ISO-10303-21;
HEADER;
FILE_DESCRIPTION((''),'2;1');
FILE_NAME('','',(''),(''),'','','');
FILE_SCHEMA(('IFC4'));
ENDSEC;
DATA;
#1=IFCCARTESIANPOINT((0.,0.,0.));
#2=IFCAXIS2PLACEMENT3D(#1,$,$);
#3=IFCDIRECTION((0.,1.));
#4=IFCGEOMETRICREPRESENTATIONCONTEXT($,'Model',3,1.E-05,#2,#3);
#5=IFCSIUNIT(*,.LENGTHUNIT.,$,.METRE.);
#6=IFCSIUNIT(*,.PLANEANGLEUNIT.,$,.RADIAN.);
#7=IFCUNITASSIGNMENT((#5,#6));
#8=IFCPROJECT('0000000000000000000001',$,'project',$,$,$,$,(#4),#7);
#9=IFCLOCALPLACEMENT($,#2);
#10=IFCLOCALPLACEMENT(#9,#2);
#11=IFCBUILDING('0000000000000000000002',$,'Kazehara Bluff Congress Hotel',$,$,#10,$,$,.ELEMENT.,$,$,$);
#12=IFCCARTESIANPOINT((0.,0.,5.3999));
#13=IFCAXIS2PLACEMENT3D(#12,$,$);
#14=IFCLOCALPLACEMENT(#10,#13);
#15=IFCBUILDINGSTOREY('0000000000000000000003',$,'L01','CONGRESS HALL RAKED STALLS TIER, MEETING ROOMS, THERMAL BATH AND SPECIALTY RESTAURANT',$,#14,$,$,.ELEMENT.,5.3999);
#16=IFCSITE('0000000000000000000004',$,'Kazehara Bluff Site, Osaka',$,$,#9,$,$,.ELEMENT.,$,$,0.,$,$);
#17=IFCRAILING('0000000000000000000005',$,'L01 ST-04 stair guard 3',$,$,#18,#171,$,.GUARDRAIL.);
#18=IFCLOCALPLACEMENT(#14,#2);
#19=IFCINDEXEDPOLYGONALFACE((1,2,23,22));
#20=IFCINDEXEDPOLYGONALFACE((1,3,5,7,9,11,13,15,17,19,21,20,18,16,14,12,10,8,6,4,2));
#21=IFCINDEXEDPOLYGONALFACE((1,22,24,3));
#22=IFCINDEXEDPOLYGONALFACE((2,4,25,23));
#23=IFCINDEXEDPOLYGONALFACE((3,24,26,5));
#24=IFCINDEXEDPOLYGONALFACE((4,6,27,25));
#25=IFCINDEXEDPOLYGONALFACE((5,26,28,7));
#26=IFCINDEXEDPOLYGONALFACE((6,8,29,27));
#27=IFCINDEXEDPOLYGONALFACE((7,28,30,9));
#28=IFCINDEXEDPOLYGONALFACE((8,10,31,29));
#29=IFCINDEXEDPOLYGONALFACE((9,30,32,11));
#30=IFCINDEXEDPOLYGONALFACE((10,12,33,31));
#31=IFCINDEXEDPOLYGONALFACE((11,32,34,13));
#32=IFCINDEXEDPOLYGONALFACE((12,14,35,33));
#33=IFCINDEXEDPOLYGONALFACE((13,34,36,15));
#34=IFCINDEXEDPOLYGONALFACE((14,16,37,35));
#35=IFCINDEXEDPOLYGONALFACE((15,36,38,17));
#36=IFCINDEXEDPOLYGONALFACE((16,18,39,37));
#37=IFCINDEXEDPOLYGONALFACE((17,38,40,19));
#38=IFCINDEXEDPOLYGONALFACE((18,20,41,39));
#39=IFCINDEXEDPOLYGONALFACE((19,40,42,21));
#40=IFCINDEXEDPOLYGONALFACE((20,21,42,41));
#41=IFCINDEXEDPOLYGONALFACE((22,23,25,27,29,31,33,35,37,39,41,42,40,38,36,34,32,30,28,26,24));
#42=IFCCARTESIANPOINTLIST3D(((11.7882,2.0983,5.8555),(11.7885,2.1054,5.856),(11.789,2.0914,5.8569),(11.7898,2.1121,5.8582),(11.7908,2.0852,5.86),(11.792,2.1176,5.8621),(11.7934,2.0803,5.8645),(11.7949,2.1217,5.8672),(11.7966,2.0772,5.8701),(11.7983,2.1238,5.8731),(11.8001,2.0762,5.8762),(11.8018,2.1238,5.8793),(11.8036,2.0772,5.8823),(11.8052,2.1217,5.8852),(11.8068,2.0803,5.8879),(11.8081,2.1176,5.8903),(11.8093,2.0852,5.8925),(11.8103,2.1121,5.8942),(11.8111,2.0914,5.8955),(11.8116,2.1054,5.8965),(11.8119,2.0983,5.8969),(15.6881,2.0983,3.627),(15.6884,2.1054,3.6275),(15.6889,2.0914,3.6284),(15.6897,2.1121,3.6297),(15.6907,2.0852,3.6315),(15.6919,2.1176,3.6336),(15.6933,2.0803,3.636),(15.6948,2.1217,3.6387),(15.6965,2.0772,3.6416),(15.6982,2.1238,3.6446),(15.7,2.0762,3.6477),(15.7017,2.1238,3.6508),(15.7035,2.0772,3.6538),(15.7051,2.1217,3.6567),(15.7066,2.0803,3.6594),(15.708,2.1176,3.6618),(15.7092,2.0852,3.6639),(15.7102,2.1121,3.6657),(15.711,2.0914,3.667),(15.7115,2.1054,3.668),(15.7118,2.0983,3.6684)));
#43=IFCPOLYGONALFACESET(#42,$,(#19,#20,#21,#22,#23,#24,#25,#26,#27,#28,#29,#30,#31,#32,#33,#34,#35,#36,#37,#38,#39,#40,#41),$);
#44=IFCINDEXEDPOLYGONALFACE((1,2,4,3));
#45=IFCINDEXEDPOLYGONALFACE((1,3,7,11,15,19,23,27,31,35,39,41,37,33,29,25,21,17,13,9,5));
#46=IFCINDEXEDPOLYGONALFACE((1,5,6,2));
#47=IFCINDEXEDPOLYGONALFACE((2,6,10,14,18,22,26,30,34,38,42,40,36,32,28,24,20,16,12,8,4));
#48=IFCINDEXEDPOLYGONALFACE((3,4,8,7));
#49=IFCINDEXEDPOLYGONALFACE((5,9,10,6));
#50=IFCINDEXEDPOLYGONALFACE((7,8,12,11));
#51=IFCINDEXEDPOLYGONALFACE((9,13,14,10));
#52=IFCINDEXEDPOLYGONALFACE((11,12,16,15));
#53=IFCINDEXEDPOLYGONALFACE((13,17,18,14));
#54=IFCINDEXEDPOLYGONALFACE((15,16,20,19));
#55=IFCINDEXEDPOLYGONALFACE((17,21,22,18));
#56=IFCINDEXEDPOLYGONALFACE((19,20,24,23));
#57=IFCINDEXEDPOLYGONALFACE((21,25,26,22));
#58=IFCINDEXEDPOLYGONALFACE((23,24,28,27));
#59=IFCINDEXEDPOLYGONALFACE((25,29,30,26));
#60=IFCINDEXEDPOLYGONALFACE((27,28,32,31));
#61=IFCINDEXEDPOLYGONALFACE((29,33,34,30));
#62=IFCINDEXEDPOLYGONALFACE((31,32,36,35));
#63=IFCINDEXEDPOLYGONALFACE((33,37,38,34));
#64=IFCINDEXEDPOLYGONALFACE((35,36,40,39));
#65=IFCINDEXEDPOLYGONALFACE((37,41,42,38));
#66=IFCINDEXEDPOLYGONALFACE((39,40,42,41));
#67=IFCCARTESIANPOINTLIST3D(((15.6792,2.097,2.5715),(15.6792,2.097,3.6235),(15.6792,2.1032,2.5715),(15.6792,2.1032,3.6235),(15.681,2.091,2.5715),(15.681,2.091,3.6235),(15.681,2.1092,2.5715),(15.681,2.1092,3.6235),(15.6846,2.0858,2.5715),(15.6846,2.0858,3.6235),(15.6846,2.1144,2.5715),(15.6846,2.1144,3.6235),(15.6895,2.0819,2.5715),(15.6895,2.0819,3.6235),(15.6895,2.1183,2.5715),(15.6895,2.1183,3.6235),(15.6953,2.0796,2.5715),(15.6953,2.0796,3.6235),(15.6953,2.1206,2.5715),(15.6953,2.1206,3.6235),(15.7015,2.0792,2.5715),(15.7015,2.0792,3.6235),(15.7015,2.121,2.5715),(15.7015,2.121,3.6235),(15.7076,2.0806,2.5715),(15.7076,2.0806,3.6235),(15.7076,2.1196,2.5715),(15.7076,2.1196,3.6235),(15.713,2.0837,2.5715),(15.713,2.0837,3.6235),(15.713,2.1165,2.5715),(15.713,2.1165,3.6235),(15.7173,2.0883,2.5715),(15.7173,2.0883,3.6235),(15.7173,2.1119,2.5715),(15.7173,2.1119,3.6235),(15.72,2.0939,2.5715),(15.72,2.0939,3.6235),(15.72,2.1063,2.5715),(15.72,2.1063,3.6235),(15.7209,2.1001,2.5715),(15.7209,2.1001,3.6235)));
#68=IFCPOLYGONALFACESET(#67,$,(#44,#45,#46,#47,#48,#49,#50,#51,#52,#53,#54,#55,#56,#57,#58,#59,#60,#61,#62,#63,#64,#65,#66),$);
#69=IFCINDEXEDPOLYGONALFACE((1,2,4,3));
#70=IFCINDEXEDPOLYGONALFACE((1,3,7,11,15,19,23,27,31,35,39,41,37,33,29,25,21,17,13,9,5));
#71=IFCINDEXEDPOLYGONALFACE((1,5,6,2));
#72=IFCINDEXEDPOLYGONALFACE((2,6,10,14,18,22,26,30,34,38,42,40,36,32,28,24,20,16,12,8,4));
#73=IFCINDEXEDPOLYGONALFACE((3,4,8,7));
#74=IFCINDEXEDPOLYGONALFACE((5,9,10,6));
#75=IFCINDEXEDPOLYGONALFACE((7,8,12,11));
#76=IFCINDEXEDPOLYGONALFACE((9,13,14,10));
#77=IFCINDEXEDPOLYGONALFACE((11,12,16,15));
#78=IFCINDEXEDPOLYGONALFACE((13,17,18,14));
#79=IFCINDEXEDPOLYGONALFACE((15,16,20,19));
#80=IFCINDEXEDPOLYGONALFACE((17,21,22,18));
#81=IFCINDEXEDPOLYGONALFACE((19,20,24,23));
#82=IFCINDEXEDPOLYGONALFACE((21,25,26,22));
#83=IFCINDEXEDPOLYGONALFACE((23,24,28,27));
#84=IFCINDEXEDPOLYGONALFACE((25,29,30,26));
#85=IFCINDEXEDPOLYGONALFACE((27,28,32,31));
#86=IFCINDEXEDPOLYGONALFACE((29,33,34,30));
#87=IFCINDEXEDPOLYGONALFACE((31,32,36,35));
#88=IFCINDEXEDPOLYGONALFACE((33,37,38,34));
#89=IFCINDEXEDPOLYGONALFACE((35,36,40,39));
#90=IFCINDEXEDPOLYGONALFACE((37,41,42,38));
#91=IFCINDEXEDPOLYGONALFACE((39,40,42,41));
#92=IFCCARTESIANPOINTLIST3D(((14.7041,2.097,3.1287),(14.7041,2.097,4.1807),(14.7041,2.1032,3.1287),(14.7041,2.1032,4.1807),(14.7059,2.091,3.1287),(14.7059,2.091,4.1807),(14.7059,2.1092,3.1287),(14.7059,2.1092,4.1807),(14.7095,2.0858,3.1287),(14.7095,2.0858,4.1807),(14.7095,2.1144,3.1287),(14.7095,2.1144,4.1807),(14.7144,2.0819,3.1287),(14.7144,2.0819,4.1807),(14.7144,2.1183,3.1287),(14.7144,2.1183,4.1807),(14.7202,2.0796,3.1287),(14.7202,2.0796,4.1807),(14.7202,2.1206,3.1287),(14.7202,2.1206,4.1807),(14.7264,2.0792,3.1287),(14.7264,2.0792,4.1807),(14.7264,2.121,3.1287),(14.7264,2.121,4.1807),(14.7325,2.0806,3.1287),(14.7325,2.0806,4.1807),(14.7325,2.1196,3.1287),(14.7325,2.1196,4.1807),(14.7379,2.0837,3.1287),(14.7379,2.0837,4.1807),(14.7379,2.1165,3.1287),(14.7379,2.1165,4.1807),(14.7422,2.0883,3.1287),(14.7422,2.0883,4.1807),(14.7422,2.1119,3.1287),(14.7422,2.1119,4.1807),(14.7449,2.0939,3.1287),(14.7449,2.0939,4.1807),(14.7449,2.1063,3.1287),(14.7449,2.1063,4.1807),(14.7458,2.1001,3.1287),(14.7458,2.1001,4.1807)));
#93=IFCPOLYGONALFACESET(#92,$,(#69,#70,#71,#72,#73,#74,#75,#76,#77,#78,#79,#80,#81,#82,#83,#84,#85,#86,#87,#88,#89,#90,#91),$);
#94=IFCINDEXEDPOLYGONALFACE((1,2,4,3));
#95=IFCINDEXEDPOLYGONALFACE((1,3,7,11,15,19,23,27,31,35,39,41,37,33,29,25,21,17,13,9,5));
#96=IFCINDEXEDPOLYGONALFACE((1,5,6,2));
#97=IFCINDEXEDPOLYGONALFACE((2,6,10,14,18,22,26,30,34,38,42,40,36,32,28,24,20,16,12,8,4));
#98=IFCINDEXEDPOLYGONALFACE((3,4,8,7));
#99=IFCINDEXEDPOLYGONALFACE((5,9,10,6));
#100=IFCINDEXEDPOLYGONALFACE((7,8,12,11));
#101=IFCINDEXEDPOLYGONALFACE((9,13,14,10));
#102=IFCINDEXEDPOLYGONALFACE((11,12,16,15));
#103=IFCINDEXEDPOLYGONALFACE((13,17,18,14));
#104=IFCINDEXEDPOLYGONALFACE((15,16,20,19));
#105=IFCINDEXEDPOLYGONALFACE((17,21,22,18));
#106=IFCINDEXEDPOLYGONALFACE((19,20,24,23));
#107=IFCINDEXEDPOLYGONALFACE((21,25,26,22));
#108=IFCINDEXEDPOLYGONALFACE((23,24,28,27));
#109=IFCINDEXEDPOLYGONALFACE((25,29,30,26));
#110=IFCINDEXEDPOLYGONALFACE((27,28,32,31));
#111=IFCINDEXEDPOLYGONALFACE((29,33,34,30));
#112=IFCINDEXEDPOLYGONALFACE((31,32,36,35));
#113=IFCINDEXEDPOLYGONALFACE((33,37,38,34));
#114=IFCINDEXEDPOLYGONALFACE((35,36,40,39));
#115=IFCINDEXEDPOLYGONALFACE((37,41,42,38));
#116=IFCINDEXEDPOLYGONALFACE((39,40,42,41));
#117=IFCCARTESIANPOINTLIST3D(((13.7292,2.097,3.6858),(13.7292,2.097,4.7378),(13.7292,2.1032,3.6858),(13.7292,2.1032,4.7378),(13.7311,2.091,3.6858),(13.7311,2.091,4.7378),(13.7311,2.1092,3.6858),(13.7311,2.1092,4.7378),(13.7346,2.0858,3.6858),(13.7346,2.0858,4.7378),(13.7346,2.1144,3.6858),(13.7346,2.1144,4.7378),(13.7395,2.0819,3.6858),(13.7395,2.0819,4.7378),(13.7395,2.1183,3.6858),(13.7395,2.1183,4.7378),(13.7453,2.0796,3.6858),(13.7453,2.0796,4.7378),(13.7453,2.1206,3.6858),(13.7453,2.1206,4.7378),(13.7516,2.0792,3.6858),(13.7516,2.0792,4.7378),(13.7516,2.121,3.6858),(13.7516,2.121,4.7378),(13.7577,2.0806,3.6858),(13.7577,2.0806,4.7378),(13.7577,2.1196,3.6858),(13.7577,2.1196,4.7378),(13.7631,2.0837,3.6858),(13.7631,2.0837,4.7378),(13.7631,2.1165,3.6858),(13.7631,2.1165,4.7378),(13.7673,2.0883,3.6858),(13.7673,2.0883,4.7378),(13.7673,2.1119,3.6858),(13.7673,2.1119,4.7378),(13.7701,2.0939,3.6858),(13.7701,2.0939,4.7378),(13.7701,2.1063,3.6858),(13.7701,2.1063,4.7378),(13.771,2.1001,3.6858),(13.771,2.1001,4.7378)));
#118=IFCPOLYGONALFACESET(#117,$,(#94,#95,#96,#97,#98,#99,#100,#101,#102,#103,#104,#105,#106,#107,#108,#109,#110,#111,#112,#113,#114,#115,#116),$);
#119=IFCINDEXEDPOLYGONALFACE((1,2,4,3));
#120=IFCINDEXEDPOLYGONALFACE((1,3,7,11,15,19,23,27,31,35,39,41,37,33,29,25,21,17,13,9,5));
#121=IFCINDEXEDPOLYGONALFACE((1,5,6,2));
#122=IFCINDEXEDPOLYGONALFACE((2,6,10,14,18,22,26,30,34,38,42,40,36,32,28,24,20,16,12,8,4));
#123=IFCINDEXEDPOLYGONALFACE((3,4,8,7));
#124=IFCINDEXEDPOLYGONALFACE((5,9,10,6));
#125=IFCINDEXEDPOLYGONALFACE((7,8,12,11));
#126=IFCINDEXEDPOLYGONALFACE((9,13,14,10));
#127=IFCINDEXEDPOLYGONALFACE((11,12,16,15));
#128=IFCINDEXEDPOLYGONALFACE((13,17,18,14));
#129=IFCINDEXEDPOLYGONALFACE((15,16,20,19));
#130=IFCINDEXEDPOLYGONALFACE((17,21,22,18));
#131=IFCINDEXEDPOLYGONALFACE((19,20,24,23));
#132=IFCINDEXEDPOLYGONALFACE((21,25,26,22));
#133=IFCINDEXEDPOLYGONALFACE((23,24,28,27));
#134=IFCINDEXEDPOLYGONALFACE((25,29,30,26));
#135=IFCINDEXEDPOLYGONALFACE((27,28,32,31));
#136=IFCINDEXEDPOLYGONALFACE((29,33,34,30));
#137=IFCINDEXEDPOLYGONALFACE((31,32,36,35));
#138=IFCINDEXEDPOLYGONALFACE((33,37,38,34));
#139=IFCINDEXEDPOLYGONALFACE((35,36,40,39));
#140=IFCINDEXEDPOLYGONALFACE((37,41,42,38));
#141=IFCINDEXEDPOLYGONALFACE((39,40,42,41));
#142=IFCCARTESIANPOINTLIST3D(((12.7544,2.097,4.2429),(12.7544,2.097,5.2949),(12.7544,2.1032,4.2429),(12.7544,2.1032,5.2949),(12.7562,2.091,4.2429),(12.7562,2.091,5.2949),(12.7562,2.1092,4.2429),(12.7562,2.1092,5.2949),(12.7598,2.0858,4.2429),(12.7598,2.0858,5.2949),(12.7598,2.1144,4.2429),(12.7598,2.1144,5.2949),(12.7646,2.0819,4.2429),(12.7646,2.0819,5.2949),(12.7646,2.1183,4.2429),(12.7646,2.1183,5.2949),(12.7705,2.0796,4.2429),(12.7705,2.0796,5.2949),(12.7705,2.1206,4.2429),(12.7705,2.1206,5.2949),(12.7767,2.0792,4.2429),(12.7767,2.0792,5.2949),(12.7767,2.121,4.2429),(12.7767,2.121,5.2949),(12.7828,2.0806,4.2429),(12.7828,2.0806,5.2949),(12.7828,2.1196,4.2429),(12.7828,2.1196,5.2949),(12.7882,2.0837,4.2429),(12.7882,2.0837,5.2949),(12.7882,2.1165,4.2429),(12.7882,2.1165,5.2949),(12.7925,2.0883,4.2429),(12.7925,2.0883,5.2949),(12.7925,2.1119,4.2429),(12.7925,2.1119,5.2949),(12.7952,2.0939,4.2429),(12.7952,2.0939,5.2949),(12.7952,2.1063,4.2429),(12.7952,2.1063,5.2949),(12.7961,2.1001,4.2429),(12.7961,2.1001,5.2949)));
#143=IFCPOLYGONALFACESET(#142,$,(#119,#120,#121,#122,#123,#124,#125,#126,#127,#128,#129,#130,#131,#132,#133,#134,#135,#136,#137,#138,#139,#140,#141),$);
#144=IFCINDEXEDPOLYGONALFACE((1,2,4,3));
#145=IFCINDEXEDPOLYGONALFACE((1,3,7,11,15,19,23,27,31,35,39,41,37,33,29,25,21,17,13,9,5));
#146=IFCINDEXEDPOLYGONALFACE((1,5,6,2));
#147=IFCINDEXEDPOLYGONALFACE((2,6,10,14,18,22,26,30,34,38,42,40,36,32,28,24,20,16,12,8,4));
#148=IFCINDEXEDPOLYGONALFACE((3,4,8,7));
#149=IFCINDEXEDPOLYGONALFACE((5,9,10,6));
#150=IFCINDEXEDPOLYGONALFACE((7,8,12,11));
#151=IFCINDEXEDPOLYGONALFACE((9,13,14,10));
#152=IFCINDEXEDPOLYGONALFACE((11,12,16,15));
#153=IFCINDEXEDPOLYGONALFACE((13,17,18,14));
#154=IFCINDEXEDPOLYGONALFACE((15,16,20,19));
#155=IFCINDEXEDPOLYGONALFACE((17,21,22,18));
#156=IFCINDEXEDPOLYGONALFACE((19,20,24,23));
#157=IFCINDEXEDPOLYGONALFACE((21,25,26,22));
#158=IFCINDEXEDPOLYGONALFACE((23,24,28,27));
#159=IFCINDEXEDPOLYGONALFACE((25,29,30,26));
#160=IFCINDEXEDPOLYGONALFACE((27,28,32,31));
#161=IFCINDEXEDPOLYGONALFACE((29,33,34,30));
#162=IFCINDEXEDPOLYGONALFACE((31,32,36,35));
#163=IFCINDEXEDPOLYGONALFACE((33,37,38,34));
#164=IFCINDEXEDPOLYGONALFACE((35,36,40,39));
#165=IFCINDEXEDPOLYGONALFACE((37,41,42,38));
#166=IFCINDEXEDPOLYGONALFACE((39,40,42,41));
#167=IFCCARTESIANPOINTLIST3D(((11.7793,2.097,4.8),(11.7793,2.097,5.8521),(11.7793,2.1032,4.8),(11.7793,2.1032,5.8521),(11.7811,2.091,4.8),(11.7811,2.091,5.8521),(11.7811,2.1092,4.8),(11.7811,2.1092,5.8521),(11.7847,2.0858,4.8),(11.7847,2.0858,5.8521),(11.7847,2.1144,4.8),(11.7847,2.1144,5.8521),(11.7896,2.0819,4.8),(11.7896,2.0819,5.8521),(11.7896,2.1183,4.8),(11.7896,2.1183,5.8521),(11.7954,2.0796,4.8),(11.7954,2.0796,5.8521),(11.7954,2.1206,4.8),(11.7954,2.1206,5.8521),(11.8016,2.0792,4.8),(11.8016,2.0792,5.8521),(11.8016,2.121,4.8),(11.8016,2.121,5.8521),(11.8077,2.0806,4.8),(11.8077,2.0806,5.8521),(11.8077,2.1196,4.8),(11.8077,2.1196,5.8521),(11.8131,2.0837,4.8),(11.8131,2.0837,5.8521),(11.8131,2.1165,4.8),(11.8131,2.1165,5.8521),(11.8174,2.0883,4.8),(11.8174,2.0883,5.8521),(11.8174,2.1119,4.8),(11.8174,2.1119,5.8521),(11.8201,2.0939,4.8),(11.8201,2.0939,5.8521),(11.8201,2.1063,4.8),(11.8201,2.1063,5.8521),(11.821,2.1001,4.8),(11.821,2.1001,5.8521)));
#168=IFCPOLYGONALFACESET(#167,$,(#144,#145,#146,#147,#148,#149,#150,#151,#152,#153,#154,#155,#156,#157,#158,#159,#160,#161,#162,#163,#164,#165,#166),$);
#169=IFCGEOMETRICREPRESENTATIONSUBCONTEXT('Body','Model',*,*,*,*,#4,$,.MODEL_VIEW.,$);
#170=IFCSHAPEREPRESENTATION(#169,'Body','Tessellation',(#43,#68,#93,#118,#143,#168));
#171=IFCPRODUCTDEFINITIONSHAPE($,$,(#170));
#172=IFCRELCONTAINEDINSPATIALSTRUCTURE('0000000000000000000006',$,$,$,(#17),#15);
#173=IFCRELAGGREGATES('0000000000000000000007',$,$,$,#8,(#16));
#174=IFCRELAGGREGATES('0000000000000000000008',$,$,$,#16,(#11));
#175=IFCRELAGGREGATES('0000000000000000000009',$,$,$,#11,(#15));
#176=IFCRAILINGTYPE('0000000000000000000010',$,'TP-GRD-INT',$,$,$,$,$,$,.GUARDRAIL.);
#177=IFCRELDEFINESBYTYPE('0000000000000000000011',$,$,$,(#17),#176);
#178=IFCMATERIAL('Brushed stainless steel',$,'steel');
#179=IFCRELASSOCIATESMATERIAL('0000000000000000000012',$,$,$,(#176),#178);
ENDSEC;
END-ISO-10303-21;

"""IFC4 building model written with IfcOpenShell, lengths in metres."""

from ifc_helpers import new_model, si_unit, direction, frame, origin, origin_2d, place, context, subcontext, project, spatial, circle, extrude, material, type_object, element, save


model = new_model("IFC4")

# Units and contexts
model_context = context("Model", 3, precision=1e-05, world=origin(), true_north=direction((0.0, 1.0)))
body_context = subcontext(model_context, "Body", "Model", "MODEL_VIEW")
ifc_project = project(units=[si_unit("LENGTHUNIT", "METRE"), si_unit("PLANEANGLEUNIT", "RADIAN")], contexts=[model_context])

# Site, building, storey
site_placement = place(None, origin())
site = spatial("IfcSite", under=ifc_project, at=site_placement, Name="Kazehara Bluff Site, Osaka", CompositionType="ELEMENT", RefElevation=0.0)
building_placement = place(site_placement, origin())
building = spatial("IfcBuilding", under=site, at=building_placement, Name="Kazehara Bluff Congress Hotel", CompositionType="ELEMENT")
storey_placement = place(building_placement, frame((0.0, 0.0, 5.3999)))
storey = spatial("IfcBuildingStorey", under=building, at=storey_placement, Name="L01", Description="CONGRESS HALL RAKED STALLS TIER, MEETING ROOMS, THERMAL BATH AND SPECIALTY RESTAURANT", CompositionType="ELEMENT", Elevation=5.3999)

# Railing
ifc_material_1 = material(Name="Brushed stainless steel", Category="steel")
railing_type_1 = type_object("IfcRailingType", Name="TP-GRD-INT", PredefinedType="GUARDRAIL", material=ifc_material_1)
railing_1_placement = place(storey_placement, frame((15.7, 2.1001, 2.5715)))
element("IfcRailing", 1, at=railing_1_placement, inside=storey, type_object=railing_type_1, Name="L01 ST-04 stair guard 3", PredefinedType="GUARDRAIL", context=body_context, shape_type="SweptSolid", body=[
    extrude(circle(Radius=0.0239, at=origin_2d()), frame((0.0, 0.0, 1.0762), z_axis=(-0.868243, 0.0, 0.496139), x_axis=(0.0, -1.0, 0.0)), (0.0, 0.0, 1.0), 4.4917),
    extrude(circle(Radius=0.021, at=origin_2d()), origin(), (0.0, 0.0, 1.0), 1.052),
    extrude(circle(Radius=0.021, at=origin_2d()), frame((-0.9751, 0.0, 0.5571)), (0.0, 0.0, 1.0), 1.052),
    extrude(circle(Radius=0.021, at=origin_2d()), frame((-1.95, 0.0, 1.1143)), (0.0, 0.0, 1.0), 1.052),
    extrude(circle(Radius=0.021, at=origin_2d()), frame((-2.9248, 0.0, 1.6714)), (0.0, 0.0, 1.0), 1.052),
    extrude(circle(Radius=0.021, at=origin_2d()), frame((-3.8999, 0.0, 2.2285)), (0.0, 0.0, 1.0), 1.052),
])

save(model, "model.ifc")
